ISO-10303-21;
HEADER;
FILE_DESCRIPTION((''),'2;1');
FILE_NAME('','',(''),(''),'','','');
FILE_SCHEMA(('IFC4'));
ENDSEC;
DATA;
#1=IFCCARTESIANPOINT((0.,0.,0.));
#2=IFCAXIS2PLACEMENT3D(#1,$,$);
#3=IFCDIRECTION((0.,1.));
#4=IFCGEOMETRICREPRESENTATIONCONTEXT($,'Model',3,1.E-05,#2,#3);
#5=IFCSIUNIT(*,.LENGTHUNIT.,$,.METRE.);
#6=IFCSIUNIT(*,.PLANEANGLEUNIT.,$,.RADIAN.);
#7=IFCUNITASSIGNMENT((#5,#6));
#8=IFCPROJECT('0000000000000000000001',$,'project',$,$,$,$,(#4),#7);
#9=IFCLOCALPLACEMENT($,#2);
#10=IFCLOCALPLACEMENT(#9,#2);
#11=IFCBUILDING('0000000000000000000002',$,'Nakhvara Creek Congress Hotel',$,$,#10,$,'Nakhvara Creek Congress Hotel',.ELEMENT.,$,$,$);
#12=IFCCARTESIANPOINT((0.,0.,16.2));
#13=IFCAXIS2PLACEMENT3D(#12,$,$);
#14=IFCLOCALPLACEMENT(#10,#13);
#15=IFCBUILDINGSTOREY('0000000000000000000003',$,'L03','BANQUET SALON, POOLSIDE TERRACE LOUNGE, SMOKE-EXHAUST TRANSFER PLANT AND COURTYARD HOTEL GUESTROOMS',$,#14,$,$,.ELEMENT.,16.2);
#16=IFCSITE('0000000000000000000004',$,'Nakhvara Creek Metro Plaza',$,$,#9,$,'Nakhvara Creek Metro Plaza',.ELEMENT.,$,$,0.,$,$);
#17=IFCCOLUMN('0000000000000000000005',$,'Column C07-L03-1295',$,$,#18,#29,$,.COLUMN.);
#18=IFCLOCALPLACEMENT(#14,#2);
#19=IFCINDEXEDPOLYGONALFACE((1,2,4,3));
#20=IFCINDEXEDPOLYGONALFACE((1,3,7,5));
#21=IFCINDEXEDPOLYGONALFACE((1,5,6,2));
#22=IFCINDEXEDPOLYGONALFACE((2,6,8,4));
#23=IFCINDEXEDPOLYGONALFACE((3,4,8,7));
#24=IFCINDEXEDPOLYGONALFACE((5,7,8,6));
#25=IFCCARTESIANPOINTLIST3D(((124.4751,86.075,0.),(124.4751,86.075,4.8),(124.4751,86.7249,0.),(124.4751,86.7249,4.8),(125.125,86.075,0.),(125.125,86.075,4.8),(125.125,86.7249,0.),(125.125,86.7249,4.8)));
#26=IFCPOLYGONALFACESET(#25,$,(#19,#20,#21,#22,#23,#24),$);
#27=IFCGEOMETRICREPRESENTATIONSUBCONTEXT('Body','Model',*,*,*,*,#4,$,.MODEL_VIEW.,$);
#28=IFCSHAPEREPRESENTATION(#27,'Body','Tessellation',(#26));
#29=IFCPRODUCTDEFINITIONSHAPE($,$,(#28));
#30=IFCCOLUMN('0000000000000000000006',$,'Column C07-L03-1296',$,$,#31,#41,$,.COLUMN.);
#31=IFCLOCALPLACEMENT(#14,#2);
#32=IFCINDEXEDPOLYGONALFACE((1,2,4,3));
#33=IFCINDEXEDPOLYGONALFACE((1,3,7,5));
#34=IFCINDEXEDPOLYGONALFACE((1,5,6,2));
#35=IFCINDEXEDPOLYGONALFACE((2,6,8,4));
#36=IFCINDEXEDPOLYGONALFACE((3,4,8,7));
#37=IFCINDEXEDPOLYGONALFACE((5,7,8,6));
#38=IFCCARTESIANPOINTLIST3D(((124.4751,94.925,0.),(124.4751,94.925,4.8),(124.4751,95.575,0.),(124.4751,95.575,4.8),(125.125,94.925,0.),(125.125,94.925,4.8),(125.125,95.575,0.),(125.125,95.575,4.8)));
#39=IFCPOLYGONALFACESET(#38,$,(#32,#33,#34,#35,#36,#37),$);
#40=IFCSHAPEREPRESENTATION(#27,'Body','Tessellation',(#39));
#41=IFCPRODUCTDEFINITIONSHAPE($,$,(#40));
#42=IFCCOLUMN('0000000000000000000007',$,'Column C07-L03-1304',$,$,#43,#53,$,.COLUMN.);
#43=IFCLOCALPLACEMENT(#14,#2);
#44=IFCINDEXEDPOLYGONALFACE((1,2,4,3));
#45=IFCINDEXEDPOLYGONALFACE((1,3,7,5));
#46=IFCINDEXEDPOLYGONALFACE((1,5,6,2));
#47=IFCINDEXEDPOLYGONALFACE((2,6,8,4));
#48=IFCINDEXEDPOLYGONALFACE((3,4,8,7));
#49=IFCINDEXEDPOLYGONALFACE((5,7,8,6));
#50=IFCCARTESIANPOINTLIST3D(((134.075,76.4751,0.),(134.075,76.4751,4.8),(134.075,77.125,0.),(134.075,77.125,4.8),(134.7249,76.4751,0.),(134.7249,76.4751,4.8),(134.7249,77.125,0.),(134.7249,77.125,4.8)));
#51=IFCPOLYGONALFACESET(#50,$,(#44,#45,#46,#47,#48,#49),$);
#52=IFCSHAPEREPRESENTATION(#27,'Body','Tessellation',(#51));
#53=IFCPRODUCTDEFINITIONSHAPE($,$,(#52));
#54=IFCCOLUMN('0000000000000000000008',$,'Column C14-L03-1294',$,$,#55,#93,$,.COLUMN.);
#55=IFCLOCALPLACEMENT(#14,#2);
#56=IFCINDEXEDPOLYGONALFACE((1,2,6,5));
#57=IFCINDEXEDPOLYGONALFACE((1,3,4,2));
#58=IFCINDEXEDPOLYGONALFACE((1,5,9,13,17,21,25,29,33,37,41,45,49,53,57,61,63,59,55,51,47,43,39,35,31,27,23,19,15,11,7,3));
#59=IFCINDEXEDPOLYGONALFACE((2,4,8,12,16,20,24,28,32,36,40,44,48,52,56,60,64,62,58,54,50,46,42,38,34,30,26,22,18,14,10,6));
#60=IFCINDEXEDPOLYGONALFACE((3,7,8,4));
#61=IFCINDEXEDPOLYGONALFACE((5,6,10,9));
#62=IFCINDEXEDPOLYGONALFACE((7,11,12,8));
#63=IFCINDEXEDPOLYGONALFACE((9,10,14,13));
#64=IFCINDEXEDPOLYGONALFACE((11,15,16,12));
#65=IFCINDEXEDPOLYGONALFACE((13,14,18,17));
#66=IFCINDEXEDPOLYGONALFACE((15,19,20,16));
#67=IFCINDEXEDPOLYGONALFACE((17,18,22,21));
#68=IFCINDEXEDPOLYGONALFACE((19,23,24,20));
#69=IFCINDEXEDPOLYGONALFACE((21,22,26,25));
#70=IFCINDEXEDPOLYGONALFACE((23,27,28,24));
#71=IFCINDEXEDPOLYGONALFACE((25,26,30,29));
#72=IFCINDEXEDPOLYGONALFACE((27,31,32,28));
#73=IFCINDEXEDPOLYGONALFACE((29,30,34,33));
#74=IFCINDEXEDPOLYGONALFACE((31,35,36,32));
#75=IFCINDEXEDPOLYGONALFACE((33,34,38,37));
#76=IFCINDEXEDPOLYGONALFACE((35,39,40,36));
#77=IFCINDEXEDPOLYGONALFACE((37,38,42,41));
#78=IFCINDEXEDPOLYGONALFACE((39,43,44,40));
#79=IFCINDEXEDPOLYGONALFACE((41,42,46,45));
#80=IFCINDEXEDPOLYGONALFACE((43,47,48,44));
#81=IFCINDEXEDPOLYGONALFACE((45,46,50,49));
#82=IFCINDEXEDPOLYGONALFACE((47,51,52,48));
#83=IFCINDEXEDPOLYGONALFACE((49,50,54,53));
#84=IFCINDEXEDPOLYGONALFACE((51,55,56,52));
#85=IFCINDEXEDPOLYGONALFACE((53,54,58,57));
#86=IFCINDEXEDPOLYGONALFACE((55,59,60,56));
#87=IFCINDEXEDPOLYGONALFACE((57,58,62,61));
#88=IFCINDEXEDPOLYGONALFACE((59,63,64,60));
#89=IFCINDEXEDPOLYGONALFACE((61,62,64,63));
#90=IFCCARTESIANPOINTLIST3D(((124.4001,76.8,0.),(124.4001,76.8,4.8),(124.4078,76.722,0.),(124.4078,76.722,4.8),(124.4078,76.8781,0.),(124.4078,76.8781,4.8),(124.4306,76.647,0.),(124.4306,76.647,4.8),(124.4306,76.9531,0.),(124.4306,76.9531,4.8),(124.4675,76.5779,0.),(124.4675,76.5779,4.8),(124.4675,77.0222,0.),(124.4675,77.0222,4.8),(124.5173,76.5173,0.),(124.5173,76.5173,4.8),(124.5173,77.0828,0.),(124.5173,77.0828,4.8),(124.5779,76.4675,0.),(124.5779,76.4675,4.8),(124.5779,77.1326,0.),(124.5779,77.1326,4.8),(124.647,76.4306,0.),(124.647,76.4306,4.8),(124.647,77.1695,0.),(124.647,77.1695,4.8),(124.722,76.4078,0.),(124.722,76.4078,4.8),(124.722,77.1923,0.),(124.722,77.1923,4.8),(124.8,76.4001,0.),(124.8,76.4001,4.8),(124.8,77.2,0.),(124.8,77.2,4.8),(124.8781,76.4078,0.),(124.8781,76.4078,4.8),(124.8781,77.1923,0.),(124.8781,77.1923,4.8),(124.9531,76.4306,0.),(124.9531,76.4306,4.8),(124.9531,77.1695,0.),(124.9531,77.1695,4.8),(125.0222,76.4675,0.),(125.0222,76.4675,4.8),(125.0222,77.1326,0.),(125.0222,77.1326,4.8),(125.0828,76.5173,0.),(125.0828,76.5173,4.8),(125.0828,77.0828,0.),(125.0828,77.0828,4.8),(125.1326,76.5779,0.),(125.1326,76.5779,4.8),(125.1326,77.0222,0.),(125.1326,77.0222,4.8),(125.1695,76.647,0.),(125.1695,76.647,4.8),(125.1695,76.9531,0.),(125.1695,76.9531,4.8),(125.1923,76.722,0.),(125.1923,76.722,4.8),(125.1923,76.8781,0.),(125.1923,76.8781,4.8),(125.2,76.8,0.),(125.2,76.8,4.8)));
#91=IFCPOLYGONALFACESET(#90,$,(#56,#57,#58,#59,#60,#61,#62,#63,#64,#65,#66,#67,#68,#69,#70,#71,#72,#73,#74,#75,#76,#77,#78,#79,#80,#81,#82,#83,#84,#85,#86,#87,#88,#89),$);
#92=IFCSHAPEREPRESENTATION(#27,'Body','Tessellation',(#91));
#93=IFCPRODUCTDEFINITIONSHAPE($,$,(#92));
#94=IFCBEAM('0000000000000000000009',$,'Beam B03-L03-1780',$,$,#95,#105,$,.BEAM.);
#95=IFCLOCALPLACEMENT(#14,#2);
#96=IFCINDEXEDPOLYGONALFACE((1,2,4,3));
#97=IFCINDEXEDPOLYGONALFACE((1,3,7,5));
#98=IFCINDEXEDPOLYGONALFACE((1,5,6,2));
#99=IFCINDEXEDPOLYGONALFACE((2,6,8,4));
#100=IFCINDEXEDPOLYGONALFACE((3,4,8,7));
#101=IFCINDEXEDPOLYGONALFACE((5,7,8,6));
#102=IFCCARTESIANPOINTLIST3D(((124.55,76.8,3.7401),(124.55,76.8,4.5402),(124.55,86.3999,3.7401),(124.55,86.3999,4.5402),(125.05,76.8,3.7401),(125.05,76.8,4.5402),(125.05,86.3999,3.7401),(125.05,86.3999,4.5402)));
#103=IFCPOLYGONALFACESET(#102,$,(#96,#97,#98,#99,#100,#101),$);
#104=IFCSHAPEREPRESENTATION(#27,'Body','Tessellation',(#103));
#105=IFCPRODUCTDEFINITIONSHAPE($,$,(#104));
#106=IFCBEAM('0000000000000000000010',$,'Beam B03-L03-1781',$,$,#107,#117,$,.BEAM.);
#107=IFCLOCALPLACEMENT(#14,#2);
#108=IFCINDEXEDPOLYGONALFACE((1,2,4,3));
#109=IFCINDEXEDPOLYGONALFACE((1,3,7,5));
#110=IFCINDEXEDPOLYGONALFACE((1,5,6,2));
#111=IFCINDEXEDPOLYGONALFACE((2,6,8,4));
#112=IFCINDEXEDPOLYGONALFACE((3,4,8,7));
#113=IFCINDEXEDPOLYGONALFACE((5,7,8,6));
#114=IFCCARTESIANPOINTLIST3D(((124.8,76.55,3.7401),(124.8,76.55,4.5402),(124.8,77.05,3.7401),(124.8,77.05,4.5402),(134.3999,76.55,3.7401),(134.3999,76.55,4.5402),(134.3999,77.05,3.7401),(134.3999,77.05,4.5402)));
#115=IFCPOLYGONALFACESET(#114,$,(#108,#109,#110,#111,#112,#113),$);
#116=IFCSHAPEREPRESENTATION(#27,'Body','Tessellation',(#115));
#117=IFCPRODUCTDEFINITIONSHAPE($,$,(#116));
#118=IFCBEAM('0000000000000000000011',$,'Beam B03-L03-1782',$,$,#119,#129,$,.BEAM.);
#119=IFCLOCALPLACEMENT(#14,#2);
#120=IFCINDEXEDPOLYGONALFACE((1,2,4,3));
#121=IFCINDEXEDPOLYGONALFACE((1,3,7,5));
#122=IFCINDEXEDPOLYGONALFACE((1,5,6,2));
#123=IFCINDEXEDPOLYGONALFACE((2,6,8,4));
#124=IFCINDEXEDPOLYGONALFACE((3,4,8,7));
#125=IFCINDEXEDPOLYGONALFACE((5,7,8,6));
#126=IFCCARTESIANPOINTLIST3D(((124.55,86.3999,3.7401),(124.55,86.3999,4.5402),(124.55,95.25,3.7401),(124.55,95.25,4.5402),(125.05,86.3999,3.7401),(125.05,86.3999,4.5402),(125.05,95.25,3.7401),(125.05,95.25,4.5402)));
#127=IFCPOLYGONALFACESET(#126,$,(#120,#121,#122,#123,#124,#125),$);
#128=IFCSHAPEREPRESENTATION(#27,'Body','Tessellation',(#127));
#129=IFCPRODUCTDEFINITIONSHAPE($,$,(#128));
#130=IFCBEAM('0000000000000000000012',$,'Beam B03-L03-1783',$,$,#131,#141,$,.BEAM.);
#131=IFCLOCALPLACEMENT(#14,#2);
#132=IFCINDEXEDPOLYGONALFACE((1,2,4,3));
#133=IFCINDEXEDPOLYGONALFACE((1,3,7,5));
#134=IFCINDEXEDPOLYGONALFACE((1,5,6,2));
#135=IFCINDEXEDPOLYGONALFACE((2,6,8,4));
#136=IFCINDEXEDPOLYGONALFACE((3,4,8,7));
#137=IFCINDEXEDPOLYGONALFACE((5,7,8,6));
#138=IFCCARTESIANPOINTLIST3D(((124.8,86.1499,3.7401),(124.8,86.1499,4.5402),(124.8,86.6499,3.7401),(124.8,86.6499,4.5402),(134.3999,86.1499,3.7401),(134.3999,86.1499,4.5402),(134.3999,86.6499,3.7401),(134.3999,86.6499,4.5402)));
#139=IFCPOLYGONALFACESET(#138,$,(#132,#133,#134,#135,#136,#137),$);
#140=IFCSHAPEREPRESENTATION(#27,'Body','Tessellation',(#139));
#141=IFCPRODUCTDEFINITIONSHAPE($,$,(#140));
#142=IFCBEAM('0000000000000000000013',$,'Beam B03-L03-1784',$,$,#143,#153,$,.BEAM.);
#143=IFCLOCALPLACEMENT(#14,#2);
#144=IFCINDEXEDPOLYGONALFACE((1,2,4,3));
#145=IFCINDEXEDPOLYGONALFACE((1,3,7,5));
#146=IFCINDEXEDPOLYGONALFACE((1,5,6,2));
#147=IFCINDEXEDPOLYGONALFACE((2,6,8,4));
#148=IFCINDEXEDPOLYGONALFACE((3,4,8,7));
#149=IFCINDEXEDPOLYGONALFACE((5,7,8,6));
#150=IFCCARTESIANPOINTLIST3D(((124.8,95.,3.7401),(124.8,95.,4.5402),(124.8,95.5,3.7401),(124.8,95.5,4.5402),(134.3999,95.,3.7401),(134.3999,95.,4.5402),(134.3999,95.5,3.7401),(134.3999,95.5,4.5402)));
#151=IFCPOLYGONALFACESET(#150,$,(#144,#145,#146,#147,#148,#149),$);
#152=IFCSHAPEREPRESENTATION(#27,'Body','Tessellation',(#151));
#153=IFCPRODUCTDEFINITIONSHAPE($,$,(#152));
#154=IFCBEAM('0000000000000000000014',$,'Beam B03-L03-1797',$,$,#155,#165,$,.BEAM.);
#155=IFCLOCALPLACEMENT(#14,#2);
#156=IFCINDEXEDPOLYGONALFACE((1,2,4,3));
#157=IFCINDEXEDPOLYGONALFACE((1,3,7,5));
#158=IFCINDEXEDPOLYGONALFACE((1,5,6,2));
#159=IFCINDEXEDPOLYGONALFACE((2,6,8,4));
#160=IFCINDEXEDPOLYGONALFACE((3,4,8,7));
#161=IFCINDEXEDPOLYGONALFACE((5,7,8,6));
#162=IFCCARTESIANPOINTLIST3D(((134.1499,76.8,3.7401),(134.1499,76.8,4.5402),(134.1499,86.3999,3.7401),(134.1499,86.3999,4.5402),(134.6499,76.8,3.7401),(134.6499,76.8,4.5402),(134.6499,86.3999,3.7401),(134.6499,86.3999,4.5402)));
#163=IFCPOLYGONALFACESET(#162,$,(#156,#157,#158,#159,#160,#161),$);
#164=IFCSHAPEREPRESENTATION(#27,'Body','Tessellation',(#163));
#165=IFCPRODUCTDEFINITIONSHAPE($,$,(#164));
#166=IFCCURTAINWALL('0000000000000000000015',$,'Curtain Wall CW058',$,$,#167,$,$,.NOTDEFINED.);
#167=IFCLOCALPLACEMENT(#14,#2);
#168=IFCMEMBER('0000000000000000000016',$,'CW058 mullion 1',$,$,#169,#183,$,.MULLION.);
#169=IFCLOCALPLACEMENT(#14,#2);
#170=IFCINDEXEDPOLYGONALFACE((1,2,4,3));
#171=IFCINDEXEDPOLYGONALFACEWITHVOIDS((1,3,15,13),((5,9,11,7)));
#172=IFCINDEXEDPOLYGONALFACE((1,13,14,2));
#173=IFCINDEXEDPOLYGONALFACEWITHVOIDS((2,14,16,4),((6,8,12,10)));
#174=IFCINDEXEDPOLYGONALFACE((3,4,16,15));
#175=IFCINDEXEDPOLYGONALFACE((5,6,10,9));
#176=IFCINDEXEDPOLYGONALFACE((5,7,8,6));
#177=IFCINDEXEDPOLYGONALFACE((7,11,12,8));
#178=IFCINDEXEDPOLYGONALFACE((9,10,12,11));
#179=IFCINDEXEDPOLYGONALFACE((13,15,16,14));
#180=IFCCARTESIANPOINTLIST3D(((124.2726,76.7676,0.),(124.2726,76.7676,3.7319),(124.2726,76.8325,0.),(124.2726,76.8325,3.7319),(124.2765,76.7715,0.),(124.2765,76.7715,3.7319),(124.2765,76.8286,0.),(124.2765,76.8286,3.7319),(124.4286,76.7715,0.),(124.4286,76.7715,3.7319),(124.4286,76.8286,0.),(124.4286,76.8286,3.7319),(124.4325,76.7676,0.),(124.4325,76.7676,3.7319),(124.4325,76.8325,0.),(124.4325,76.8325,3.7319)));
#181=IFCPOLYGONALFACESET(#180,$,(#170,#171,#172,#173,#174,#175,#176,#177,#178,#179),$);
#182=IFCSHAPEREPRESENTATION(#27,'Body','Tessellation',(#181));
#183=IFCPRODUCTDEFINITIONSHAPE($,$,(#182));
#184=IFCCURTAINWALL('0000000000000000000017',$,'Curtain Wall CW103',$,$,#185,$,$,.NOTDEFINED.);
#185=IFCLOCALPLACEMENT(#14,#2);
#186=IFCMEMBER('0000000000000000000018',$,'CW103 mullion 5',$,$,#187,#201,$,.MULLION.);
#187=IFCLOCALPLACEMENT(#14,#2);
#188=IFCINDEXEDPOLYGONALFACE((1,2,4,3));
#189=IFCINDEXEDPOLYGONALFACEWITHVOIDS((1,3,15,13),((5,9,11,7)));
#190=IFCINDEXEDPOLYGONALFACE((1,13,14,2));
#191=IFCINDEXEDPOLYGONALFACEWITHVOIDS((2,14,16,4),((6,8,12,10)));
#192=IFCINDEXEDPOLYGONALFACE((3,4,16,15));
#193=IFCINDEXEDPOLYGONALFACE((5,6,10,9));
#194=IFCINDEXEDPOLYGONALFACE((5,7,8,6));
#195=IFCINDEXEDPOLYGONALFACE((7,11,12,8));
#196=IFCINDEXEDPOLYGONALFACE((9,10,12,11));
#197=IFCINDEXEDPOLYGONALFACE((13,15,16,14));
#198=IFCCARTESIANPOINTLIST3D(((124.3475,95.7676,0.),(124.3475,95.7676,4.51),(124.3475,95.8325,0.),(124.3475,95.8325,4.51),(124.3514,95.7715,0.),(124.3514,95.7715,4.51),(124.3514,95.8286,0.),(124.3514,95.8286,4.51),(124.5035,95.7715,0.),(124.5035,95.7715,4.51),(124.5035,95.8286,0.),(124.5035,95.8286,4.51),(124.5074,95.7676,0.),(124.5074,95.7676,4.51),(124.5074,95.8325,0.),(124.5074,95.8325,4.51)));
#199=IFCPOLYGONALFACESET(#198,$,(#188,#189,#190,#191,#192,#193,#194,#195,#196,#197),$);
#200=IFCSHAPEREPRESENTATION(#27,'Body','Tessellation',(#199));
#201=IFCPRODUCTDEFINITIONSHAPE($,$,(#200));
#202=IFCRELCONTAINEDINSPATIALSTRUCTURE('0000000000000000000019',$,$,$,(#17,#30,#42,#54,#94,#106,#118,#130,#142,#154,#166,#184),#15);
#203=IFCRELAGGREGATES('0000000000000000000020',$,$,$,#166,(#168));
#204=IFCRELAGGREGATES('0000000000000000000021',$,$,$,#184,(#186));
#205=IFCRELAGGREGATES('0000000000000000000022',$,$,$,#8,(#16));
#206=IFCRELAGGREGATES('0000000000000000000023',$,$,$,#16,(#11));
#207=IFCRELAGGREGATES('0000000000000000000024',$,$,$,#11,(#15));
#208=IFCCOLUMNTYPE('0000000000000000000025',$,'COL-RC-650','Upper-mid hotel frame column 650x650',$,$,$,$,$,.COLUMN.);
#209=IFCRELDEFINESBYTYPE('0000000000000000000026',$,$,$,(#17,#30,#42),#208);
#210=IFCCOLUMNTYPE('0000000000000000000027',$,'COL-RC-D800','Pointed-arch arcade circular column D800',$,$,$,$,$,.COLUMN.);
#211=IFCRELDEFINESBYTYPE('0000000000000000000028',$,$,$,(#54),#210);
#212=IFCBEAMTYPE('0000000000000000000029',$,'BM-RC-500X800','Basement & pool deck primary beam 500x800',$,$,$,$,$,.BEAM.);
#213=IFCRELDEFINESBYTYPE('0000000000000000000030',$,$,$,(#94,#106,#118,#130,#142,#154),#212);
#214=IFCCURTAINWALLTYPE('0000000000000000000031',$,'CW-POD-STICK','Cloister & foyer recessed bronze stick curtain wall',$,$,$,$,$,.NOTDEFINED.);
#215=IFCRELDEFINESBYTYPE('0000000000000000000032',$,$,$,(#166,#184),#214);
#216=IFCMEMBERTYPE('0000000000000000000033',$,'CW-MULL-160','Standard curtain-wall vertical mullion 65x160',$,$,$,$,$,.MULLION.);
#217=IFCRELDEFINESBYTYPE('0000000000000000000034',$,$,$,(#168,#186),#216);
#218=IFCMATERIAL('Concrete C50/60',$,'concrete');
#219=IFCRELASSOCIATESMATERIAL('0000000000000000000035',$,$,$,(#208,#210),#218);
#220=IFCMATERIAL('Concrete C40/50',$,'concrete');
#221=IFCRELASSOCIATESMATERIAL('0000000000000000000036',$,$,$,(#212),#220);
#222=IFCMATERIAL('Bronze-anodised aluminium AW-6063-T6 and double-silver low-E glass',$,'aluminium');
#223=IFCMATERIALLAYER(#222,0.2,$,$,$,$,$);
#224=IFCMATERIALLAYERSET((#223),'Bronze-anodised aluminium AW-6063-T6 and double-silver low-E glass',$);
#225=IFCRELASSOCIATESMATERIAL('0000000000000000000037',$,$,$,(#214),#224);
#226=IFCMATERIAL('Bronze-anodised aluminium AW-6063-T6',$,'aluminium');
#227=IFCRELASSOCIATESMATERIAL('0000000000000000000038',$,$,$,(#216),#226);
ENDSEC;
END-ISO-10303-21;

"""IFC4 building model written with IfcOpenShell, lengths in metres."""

from ifc_helpers import new_model, si_unit, direction, frame, origin, origin_2d, place, context, subcontext, project, spatial, rectangle, hollow_rectangle, circle, extrude, material, layer, layer_set, material_profile, profile_set, type_object, element, aggregate, save


model = new_model("IFC4")

# Units and contexts
model_context = context("Model", 3, precision=1e-05, world=origin(), true_north=direction((0.0, 1.0)))
body_context = subcontext(model_context, "Body", "Model", "MODEL_VIEW")
ifc_project = project(units=[si_unit("LENGTHUNIT", "METRE"), si_unit("PLANEANGLEUNIT", "RADIAN")], contexts=[model_context])

# Site, building, storey
site_placement = place(None, origin())
site = spatial("IfcSite", under=ifc_project, at=site_placement, Name="Nakhvara Creek Metro Plaza", LongName="Nakhvara Creek Metro Plaza", CompositionType="ELEMENT", RefElevation=0.0)
building_placement = place(site_placement, origin())
building = spatial("IfcBuilding", under=site, at=building_placement, Name="Nakhvara Creek Congress Hotel", LongName="Nakhvara Creek Congress Hotel", CompositionType="ELEMENT")
storey_placement = place(building_placement, frame((0.0, 0.0, 16.2)))
storey = spatial("IfcBuildingStorey", under=building, at=storey_placement, Name="L03", Description="BANQUET SALON, POOLSIDE TERRACE LOUNGE, SMOKE-EXHAUST TRANSFER PLANT AND COURTYARD HOTEL GUESTROOMS", CompositionType="ELEMENT", Elevation=16.2)

# Columns
ifc_material_1 = material(Name="Concrete C50/60", Category="concrete")
ifc_material_profile_1 = material_profile(ifc_material_1, rectangle(XDim=0.6499, YDim=0.6499, at=origin_2d()), Name="RC-COL 650x650", Category="LoadBearing")
ifc_profile_set_1 = profile_set([ifc_material_profile_1], Name="Concrete C50/60")
column_type_1 = type_object("IfcColumnType", Name="COL-RC-650", Description="Upper-mid hotel frame column 650x650", PredefinedType="COLUMN", material=ifc_profile_set_1)
for number, where, z_axis, x_axis, name in (
    (1, (124.8, 86.3999, 0.0), (0.0, 0.0, 1.0), (1.0, 0.0, 0.0), "Column C07-L03-1295"),
    (2, (124.8, 95.25, 0.0), (0.0, 0.0, 1.0), (1.0, 0.0, 0.0), "Column C07-L03-1296"),
    (3, (134.3999, 76.8, 0.0), (0.0, 0.0, 1.0), (1.0, 0.0, 0.0), "Column C07-L03-1304"),
):
    element("IfcColumn", number, at=place(storey_placement, frame(where, z_axis=z_axis, x_axis=x_axis)), inside=storey, type_object=column_type_1, Name=name, PredefinedType="COLUMN", context=body_context, shape_type="SweptSolid", body=[
        extrude(rectangle(XDim=0.6499, YDim=0.6499, at=origin_2d()), origin(), (0.0, 0.0, 1.0), 4.8),
    ])
ifc_material_profile_2 = material_profile(ifc_material_1, circle(Radius=0.3999, at=origin_2d()), Name="RC-COL D800", Category="LoadBearing")
ifc_profile_set_2 = profile_set([ifc_material_profile_2], Name="Concrete C50/60")
column_type_2 = type_object("IfcColumnType", Name="COL-RC-D800", Description="Pointed-arch arcade circular column D800", PredefinedType="COLUMN", material=ifc_profile_set_2)
column_placement = place(storey_placement, frame((124.8, 76.8, 0.0), z_axis=(0.0, 0.0, 1.0), x_axis=(1.0, 0.0, 0.0)))
element("IfcColumn", 4, at=column_placement, inside=storey, type_object=column_type_2, Name="Column C14-L03-1294", PredefinedType="COLUMN", context=body_context, shape_type="SweptSolid", body=[
    extrude(circle(Radius=0.3999, at=origin_2d()), origin(), (0.0, 0.0, 1.0), 4.8),
])

# Beams
ifc_material_2 = material(Name="Concrete C40/50", Category="concrete")
ifc_material_profile_3 = material_profile(ifc_material_2, rectangle(XDim=0.5, YDim=0.8, at=origin_2d()), Name="RC-BM 500x800", Category="LoadBearing")
ifc_profile_set_3 = profile_set([ifc_material_profile_3], Name="Concrete C40/50")
beam_type = type_object("IfcBeamType", Name="BM-RC-500X800", Description="Basement & pool deck primary beam 500x800", PredefinedType="BEAM", material=ifc_profile_set_3)
for number, where, z_axis, x_axis, name in (
    (5, (124.8, 76.8, 4.1401), (0.0, 1.0, 0.0), (-1.0, 0.0, 0.0), "Beam B03-L03-1780"),
    (6, (124.8, 76.8, 4.1401), (1.0, 0.0, 0.0), (0.0, 1.0, 0.0), "Beam B03-L03-1781"),
):
    element("IfcBeam", number, at=place(storey_placement, frame(where, z_axis=z_axis, x_axis=x_axis)), inside=storey, type_object=beam_type, Name=name, PredefinedType="BEAM", context=body_context, shape_type="SweptSolid", body=[
        extrude(rectangle(XDim=0.5, YDim=0.8, at=origin_2d()), origin(), (0.0, 0.0, 1.0), 9.5999),
    ])
beam_placement = place(storey_placement, frame((124.8, 86.3999, 4.1401), z_axis=(0.0, 1.0, 0.0), x_axis=(-1.0, 0.0, 0.0)))
element("IfcBeam", 7, at=beam_placement, inside=storey, type_object=beam_type, Name="Beam B03-L03-1782", PredefinedType="BEAM", context=body_context, shape_type="SweptSolid", body=[
    extrude(rectangle(XDim=0.5, YDim=0.8, at=origin_2d()), origin(), (0.0, 0.0, 1.0), 8.8501),
])
for number, where, z_axis, x_axis, name in (
    (8, (124.8, 86.3999, 4.1401), (1.0, 0.0, 0.0), (0.0, 1.0, 0.0), "Beam B03-L03-1783"),
    (9, (124.8, 95.25, 4.1401), (1.0, 0.0, 0.0), (0.0, 1.0, 0.0), "Beam B03-L03-1784"),
    (10, (134.3999, 76.8, 4.1401), (0.0, 1.0, 0.0), (-1.0, 0.0, 0.0), "Beam B03-L03-1797"),
):
    element("IfcBeam", number, at=place(storey_placement, frame(where, z_axis=z_axis, x_axis=x_axis)), inside=storey, type_object=beam_type, Name=name, PredefinedType="BEAM", context=body_context, shape_type="SweptSolid", body=[
        extrude(rectangle(XDim=0.5, YDim=0.8, at=origin_2d()), origin(), (0.0, 0.0, 1.0), 9.5999),
    ])

# Curtain walls, members
ifc_material_3 = material(Name="Bronze-anodised aluminium AW-6063-T6 and double-silver low-E glass", Category="aluminium")
ifc_layer = layer(ifc_material_3, 0.2)
ifc_layer_set = layer_set([ifc_layer], Name="Bronze-anodised aluminium AW-6063-T6 and double-silver low-E glass")
curtain_wall_type = type_object("IfcCurtainWallType", Name="CW-POD-STICK", Description="Cloister & foyer recessed bronze stick curtain wall", PredefinedType="NOTDEFINED", material=ifc_layer_set)
curtain_wall_1_placement = place(storey_placement, origin())
curtain_wall_1 = element("IfcCurtainWall", 11, at=curtain_wall_1_placement, inside=storey, type_object=curtain_wall_type, Name="Curtain Wall CW058", PredefinedType="NOTDEFINED")
ifc_material_4 = material(Name="Bronze-anodised aluminium AW-6063-T6", Category="aluminium")
ifc_material_profile_4 = material_profile(ifc_material_4, hollow_rectangle(XDim=0.0649, YDim=0.1599, WallThickness=0.0039, at=origin_2d()), Name="ALU-MULL 65x160x4", Category="LoadBearing")
ifc_profile_set_4 = profile_set([ifc_material_profile_4], Name="Bronze-anodised aluminium AW-6063-T6")
member_type_1 = type_object("IfcMemberType", Name="CW-MULL-160", Description="Standard curtain-wall vertical mullion 65x160", PredefinedType="MULLION", material=ifc_profile_set_4)
member_1_placement = place(storey_placement, frame((124.3525, 76.8, 0.0), z_axis=(0.0, 0.0, 1.0), x_axis=(0.0, -1.0, 0.0)))
member_1 = element("IfcMember", 12, at=member_1_placement, type_object=member_type_1, Name="CW058 mullion 1", PredefinedType="MULLION", context=body_context, shape_type="SweptSolid", body=[
    extrude(hollow_rectangle(XDim=0.0649, YDim=0.1599, WallThickness=0.0039, at=origin_2d()), origin(), (0.0, 0.0, 1.0), 3.7319),
])
curtain_wall_2_placement = place(storey_placement, origin())
curtain_wall_2 = element("IfcCurtainWall", 13, at=curtain_wall_2_placement, inside=storey, type_object=curtain_wall_type, Name="Curtain Wall CW103", PredefinedType="NOTDEFINED")
member_2_placement = place(storey_placement, frame((124.4275, 95.8, 0.0), z_axis=(0.0, 0.0, 1.0), x_axis=(0.0, 1.0, 0.0)))
member_2 = element("IfcMember", 14, at=member_2_placement, type_object=member_type_1, Name="CW103 mullion 5", PredefinedType="MULLION", context=body_context, shape_type="SweptSolid", body=[
    extrude(hollow_rectangle(XDim=0.0649, YDim=0.1599, WallThickness=0.0039, at=origin_2d()), origin(), (0.0, 0.0, 1.0), 4.51),
])

aggregate(curtain_wall_1, [member_1])

aggregate(curtain_wall_2, [member_2])

save(model, "model.ifc")
